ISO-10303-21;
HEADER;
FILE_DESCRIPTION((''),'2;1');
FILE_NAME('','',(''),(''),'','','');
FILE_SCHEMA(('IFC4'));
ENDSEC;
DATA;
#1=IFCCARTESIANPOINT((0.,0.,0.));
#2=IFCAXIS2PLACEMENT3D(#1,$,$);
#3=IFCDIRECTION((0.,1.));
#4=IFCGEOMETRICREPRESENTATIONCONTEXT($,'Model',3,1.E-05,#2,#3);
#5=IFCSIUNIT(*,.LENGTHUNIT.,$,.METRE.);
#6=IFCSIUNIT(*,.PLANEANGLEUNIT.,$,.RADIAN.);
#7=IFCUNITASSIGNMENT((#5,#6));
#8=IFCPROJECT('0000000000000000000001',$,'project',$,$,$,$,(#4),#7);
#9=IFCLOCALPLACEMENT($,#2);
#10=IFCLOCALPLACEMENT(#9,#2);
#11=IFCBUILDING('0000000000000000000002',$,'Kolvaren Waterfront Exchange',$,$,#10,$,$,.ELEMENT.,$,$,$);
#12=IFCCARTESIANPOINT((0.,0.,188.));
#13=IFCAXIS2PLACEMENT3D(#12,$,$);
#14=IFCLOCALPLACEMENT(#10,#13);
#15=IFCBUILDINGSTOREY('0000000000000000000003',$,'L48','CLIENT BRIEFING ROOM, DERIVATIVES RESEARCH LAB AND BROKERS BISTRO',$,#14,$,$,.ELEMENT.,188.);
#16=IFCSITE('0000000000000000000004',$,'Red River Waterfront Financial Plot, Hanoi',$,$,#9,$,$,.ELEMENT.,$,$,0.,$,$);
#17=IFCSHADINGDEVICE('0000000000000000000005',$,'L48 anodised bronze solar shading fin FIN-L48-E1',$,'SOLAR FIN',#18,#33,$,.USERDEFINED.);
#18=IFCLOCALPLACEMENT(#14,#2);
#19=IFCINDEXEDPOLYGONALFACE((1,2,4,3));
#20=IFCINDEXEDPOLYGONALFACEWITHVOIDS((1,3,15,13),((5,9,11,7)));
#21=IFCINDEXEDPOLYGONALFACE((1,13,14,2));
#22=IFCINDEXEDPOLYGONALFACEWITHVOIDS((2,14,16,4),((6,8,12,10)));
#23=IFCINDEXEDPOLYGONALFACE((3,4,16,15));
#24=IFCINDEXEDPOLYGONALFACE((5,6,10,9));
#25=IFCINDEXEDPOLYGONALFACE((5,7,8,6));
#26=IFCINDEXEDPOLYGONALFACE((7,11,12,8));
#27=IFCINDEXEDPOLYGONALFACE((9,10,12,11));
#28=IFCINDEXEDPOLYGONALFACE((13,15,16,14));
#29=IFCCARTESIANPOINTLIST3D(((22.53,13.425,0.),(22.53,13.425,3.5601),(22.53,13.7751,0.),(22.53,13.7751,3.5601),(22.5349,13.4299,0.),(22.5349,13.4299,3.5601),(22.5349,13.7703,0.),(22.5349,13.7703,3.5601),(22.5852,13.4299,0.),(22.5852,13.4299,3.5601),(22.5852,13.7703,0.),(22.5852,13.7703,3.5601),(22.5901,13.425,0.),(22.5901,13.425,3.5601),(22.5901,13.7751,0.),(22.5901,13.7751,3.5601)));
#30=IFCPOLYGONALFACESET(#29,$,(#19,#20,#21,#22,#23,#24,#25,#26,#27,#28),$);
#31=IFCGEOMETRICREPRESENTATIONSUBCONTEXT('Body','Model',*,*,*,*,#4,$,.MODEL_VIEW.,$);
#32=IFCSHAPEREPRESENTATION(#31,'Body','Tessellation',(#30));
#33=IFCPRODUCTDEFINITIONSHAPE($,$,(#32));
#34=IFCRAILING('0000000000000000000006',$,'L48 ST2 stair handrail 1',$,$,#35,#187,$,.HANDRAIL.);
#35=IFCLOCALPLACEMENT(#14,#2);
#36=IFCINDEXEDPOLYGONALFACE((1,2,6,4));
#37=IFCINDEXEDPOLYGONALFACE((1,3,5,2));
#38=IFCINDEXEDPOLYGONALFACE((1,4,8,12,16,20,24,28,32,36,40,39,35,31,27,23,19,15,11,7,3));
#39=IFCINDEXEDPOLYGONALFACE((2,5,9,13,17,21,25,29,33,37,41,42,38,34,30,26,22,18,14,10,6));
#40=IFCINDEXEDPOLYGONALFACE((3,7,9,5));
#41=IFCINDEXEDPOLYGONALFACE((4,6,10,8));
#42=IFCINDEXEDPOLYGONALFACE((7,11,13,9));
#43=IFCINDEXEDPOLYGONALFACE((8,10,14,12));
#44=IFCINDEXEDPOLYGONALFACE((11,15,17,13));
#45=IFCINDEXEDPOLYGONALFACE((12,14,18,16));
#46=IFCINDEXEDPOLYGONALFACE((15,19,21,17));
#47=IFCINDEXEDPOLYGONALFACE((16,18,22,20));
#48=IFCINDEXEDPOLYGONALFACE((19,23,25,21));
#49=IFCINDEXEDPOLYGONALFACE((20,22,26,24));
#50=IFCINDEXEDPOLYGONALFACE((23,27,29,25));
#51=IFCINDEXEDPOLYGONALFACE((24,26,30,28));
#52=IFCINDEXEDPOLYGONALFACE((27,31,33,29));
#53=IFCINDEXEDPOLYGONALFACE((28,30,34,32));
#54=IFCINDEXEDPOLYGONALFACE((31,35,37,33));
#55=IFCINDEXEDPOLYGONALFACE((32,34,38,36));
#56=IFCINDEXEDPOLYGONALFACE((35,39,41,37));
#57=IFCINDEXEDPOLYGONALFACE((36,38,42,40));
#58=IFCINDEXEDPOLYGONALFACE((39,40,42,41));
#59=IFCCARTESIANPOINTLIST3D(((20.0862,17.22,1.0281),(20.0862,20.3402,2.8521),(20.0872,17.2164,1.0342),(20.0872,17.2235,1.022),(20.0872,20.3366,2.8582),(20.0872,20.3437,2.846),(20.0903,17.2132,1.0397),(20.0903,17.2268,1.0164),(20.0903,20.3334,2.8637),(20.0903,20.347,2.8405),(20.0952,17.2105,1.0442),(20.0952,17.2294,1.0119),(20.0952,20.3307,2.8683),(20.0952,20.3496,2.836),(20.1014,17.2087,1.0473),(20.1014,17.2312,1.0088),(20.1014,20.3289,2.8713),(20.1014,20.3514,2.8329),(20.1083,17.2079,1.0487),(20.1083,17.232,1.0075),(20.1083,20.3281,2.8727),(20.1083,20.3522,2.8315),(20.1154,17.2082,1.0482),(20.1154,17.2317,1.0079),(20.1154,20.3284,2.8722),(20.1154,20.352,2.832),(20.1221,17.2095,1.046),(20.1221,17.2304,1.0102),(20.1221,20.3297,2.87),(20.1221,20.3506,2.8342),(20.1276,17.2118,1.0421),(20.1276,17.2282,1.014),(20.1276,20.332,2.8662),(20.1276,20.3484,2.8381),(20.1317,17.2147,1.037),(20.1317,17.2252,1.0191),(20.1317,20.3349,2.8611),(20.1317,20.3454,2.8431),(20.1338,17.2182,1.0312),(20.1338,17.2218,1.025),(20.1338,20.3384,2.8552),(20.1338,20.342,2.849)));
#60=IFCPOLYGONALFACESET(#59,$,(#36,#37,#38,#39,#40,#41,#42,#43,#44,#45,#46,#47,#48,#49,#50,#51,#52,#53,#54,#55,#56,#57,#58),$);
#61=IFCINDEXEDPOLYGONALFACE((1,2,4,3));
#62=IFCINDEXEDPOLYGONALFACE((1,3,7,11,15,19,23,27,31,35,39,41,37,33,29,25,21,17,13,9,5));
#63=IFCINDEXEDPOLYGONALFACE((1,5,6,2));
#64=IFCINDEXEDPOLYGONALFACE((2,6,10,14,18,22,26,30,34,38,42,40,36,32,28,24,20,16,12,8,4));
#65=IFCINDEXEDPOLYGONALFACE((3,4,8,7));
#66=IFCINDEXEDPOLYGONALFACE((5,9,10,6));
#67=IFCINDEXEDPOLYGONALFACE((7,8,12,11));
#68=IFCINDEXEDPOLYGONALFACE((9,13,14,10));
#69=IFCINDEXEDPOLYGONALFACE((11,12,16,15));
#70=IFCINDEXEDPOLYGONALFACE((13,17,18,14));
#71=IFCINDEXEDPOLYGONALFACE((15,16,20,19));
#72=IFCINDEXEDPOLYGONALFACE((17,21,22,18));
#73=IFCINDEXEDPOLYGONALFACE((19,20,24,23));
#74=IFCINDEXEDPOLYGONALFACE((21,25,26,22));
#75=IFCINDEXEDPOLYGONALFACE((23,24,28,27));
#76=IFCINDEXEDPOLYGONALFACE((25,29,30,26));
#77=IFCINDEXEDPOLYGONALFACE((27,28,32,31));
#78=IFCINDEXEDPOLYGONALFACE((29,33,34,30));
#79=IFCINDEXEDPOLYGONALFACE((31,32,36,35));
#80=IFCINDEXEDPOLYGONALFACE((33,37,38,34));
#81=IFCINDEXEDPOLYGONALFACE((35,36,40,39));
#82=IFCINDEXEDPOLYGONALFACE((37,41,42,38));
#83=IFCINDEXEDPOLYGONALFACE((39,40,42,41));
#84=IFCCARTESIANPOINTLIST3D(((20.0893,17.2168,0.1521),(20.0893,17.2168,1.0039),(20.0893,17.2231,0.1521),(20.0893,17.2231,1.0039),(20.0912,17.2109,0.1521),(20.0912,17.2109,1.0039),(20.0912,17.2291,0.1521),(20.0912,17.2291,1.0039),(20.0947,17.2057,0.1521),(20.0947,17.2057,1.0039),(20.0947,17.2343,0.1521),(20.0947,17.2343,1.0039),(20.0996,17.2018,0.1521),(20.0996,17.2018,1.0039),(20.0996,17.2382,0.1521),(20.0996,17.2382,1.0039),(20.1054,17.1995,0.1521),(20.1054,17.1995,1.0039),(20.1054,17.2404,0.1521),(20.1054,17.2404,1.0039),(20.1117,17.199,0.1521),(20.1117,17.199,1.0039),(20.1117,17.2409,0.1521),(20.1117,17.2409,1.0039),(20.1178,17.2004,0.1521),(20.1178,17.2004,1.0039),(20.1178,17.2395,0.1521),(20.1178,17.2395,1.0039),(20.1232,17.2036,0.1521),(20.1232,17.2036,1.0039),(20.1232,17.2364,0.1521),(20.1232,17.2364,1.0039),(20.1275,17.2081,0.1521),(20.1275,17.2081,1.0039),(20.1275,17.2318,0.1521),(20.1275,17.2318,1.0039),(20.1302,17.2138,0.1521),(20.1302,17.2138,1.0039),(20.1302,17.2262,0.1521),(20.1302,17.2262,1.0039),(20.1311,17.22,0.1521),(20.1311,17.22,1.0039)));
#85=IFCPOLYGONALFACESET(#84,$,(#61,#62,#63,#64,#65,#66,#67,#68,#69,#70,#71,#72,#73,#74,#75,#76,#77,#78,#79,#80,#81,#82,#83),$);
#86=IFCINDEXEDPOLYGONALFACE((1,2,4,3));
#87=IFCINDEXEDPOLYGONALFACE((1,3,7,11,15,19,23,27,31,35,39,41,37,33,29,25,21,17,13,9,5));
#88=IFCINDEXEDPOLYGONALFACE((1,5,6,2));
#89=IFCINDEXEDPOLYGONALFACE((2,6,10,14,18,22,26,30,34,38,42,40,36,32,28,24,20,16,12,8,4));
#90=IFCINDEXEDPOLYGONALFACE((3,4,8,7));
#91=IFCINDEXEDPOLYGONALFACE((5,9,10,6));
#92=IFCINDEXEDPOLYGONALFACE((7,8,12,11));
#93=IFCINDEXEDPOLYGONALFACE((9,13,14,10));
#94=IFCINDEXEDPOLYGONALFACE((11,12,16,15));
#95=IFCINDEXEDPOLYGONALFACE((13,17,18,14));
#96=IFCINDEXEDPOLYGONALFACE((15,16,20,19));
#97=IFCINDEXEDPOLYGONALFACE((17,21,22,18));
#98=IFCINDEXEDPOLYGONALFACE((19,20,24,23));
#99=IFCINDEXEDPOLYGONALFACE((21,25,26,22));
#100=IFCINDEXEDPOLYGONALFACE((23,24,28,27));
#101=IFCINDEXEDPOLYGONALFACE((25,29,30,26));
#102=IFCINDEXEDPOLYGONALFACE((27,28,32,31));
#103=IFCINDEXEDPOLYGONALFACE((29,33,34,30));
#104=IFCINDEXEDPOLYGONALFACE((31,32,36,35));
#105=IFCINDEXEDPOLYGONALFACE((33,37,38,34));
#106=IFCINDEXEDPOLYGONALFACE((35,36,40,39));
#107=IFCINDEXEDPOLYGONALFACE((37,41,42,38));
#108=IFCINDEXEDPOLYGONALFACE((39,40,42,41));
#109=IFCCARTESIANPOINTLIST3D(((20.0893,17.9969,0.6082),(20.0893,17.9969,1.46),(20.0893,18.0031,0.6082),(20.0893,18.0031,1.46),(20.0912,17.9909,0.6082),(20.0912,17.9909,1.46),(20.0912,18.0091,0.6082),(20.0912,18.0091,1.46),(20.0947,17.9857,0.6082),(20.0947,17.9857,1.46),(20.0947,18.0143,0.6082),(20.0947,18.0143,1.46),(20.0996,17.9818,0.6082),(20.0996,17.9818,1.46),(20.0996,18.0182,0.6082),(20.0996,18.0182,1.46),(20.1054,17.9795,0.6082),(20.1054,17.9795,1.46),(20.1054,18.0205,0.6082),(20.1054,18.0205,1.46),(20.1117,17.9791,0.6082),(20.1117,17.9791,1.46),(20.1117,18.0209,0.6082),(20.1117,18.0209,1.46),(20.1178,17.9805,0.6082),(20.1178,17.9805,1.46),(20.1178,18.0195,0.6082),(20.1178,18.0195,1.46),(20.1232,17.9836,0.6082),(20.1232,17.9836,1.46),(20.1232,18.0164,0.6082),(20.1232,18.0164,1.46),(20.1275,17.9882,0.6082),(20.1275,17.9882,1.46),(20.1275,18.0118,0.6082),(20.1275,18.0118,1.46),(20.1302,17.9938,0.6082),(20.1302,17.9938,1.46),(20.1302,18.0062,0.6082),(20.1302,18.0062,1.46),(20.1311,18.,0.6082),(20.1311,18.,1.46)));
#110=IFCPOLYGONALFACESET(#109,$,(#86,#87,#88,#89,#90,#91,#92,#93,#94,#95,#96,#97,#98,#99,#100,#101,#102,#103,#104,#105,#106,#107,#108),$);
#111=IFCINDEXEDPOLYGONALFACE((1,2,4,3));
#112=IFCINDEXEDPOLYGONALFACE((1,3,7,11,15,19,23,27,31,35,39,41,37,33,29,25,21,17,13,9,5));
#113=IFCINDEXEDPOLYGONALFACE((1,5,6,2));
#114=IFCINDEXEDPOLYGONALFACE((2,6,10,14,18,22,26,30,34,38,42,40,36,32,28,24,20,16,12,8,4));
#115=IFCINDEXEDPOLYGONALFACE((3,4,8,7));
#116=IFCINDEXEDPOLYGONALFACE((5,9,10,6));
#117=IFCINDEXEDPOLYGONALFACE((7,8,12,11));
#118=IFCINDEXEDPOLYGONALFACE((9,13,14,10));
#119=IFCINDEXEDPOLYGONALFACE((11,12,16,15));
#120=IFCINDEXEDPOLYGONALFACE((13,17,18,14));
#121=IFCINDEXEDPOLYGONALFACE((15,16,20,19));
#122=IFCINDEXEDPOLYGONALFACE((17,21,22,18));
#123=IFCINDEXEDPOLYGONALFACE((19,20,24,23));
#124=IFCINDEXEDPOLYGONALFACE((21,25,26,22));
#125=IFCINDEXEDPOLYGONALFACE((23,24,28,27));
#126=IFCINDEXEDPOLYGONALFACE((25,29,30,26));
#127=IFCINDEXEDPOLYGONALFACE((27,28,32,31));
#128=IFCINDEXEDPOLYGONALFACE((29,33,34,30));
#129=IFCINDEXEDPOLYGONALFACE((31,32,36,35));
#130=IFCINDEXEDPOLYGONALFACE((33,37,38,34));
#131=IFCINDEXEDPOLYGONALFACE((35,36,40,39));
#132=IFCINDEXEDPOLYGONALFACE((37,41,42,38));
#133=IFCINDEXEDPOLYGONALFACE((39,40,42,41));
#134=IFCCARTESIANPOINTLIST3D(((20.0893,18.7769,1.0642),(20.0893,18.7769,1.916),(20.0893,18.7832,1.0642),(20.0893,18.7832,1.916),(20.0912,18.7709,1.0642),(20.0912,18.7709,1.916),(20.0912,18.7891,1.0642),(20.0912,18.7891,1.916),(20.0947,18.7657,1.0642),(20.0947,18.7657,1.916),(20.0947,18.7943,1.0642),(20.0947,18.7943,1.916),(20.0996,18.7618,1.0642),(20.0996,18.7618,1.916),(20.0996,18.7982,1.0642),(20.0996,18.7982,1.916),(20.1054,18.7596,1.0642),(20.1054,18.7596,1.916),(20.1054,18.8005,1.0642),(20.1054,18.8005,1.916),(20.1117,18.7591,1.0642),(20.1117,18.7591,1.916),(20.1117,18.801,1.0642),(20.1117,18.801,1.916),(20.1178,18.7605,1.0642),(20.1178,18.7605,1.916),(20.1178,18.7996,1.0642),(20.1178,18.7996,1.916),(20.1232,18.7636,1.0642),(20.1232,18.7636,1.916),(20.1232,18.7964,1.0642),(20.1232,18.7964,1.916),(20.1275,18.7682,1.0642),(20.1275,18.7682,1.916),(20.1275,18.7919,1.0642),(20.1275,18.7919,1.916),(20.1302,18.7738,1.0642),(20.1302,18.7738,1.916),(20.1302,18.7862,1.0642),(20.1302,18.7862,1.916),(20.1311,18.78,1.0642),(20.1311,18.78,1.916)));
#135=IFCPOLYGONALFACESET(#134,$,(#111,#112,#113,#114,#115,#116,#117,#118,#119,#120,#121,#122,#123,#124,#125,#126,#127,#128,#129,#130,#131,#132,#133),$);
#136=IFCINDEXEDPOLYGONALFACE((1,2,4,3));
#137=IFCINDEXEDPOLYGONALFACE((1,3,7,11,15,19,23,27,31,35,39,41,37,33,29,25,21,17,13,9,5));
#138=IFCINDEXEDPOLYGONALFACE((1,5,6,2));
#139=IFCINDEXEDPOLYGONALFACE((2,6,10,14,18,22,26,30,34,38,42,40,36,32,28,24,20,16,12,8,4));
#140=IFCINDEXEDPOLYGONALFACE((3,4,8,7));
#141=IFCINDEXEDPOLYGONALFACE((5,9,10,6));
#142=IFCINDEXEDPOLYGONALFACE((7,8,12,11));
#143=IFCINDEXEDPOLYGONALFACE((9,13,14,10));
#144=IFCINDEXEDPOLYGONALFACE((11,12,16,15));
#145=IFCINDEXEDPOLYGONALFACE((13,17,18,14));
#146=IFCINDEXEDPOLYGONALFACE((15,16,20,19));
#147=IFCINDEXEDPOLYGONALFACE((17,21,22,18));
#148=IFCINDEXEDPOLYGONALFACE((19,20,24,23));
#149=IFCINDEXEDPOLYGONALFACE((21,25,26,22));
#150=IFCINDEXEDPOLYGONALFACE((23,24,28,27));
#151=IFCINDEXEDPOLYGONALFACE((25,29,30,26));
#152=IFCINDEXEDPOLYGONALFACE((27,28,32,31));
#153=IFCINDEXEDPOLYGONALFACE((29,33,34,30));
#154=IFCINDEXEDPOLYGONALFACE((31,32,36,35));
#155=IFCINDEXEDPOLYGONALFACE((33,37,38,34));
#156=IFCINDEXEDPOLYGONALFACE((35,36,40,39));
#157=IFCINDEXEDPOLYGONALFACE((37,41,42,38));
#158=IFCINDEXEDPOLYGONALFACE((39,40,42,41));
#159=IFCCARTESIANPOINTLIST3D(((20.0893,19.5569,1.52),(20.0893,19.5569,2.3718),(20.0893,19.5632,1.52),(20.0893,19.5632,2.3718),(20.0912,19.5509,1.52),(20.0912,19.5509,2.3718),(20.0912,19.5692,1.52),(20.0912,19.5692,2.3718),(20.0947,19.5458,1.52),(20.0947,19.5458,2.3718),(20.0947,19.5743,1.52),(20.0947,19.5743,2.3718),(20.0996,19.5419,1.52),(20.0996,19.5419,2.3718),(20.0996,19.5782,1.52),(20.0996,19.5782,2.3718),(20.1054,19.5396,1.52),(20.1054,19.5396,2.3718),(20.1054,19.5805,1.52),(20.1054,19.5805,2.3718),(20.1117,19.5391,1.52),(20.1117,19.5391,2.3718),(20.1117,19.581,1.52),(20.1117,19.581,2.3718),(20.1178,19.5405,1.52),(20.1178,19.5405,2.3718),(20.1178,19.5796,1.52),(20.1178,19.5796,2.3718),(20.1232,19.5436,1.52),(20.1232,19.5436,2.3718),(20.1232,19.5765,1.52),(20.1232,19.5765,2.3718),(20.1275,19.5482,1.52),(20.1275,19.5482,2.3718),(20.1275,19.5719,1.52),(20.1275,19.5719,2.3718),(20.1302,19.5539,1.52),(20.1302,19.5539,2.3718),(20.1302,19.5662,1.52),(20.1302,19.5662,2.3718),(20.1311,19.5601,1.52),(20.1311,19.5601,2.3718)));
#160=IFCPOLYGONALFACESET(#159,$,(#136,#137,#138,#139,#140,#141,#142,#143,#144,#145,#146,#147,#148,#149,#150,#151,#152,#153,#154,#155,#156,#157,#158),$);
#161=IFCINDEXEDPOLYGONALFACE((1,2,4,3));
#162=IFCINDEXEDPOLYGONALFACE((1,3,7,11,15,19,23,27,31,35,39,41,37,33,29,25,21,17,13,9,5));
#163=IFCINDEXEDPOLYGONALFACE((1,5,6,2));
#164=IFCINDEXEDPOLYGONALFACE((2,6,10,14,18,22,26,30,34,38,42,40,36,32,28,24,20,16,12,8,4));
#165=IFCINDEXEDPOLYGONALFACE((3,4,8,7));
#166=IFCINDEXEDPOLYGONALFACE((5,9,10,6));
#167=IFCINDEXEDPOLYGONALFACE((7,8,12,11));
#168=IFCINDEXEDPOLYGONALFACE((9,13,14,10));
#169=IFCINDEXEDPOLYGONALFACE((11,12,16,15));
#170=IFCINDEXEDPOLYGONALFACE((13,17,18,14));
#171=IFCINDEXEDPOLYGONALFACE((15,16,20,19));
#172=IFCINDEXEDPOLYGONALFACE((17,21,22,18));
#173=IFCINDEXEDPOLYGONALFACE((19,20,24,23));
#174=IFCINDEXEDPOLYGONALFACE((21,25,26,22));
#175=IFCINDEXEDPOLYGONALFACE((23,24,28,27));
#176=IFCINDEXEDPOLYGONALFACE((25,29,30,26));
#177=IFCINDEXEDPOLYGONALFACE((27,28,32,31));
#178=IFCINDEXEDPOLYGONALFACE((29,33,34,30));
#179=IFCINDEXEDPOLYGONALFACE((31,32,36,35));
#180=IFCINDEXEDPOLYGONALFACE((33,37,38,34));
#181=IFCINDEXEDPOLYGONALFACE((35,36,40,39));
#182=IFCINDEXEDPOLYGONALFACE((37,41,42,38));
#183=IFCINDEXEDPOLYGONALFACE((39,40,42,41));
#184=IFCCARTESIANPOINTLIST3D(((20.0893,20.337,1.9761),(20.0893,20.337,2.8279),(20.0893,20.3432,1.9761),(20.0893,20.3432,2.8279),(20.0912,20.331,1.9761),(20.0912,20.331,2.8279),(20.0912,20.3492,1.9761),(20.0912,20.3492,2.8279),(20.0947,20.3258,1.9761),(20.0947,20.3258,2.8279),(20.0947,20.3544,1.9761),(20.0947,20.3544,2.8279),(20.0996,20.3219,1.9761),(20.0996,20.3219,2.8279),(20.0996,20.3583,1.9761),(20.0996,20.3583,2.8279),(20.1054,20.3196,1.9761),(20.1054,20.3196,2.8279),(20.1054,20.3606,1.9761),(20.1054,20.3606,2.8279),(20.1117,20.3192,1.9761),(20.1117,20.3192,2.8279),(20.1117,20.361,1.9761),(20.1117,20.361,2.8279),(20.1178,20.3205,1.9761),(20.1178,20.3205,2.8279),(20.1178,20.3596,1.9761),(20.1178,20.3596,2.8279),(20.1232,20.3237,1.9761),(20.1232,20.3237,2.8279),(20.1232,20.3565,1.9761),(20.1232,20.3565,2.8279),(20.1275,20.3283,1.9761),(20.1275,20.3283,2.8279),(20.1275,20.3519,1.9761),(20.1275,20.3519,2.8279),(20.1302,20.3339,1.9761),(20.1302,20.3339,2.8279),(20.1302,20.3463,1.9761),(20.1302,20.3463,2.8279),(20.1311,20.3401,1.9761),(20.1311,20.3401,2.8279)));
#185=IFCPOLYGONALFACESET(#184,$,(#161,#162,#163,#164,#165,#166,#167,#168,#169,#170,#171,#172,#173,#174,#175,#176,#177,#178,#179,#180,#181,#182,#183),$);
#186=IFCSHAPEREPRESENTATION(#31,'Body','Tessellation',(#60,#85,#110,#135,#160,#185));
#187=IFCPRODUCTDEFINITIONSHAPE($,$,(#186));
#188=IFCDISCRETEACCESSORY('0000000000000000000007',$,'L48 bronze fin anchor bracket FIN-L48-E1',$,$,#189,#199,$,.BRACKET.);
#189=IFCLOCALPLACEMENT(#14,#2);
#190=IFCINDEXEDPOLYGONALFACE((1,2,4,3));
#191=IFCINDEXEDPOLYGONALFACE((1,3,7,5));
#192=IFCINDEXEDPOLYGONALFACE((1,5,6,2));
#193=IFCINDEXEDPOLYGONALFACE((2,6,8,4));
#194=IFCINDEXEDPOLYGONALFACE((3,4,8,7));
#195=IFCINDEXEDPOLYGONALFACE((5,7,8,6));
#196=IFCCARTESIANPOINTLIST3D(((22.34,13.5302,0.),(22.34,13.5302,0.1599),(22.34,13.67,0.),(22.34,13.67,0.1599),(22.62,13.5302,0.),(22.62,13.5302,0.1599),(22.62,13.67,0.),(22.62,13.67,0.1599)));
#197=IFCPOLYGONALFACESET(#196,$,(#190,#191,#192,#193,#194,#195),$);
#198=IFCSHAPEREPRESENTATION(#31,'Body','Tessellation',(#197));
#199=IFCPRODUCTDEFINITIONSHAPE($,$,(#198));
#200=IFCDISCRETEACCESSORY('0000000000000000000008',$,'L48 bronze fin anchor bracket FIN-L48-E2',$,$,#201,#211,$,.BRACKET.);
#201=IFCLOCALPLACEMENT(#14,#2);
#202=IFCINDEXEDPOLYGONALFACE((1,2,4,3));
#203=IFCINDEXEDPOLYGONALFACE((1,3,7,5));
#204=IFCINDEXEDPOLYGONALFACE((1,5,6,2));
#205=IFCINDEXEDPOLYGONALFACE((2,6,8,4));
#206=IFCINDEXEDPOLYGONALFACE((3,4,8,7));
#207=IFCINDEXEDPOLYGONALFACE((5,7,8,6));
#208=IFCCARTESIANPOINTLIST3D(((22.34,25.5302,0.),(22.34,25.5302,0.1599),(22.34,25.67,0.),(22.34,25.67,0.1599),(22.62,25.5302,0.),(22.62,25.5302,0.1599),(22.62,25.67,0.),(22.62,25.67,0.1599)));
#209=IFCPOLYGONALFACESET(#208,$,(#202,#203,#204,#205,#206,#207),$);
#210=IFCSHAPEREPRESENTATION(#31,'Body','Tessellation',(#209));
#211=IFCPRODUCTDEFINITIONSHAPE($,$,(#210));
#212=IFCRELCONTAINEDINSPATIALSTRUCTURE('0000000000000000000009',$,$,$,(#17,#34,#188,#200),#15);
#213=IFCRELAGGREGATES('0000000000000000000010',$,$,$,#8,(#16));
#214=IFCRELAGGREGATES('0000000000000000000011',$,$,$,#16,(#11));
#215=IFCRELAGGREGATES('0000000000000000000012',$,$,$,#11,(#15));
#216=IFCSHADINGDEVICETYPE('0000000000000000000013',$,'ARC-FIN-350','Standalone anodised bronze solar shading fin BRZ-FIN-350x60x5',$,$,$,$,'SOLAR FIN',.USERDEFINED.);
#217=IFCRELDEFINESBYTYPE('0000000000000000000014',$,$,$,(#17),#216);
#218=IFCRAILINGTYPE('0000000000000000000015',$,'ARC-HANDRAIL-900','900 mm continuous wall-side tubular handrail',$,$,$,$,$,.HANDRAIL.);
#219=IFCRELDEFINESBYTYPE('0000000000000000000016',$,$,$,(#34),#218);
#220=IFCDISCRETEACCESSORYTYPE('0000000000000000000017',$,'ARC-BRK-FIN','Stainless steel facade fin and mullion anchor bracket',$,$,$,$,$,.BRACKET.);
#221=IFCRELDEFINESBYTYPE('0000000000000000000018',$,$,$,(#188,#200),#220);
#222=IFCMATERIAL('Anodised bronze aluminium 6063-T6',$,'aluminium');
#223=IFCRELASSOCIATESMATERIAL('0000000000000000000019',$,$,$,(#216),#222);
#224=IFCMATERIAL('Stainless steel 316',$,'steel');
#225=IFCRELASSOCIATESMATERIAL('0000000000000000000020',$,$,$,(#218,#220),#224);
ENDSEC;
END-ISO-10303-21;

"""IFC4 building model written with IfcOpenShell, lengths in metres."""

from ifc_helpers import new_model, si_unit, direction, frame, origin, origin_with_axes, origin_2d, place, context, subcontext, project, spatial, rectangle, hollow_rectangle, circle, extrude, source, transform, mapped, material, material_profile, profile_set, type_object, element, save


model = new_model("IFC4")

# Units and contexts
model_context = context("Model", 3, precision=1e-05, world=origin(), true_north=direction((0.0, 1.0)))
body_context = subcontext(model_context, "Body", "Model", "MODEL_VIEW")
ifc_project = project(units=[si_unit("LENGTHUNIT", "METRE"), si_unit("PLANEANGLEUNIT", "RADIAN")], contexts=[model_context])

# Site, building, storey
site_placement = place(None, origin())
site = spatial("IfcSite", under=ifc_project, at=site_placement, Name="Red River Waterfront Financial Plot, Hanoi", CompositionType="ELEMENT", RefElevation=0.0)
building_placement = place(site_placement, origin())
building = spatial("IfcBuilding", under=site, at=building_placement, Name="Kolvaren Waterfront Exchange", CompositionType="ELEMENT")
storey_placement = place(building_placement, frame((0.0, 0.0, 188.0)))
storey = spatial("IfcBuildingStorey", under=building, at=storey_placement, Name="L48", Description="CLIENT BRIEFING ROOM, DERIVATIVES RESEARCH LAB AND BROKERS BISTRO", CompositionType="ELEMENT", Elevation=188.0)

# Shading device
ifc_material_1 = material(Name="Anodised bronze aluminium 6063-T6", Category="aluminium")
ifc_material_profile_1 = material_profile(ifc_material_1, hollow_rectangle(XDim=0.0601, YDim=0.3501, WallThickness=0.0049, at=origin_2d()), Name="BRZ-FIN-350x60x5")
ifc_profile_set_1 = profile_set([ifc_material_profile_1], Name="Anodised bronze aluminium 6063-T6")
shading_device_type = type_object("IfcShadingDeviceType", Name="ARC-FIN-350", Description="Standalone anodised bronze solar shading fin BRZ-FIN-350x60x5", ElementType="SOLAR FIN", PredefinedType="USERDEFINED", material=ifc_profile_set_1)
shading_device_placement = place(storey_placement, frame((22.5601, 13.6001, 0.0), z_axis=(0.0, 0.0, 1.0), x_axis=(1.0, 0.0, 0.0)))
element("IfcShadingDevice", 1, at=shading_device_placement, inside=storey, type_object=shading_device_type, Name="L48 anodised bronze solar shading fin FIN-L48-E1", ObjectType="SOLAR FIN", PredefinedType="USERDEFINED", context=body_context, shape_type="SweptSolid", body=[
    extrude(hollow_rectangle(XDim=0.0601, YDim=0.3501, WallThickness=0.0049, at=origin_2d()), origin(), (0.0, 0.0, 1.0), 3.5601),
])

# Railing
ifc_material_2 = material(Name="Stainless steel 316", Category="steel")
railing_type = type_object("IfcRailingType", Name="ARC-HANDRAIL-900", Description="900 mm continuous wall-side tubular handrail", PredefinedType="HANDRAIL", material=ifc_material_2)
railing_placement = place(storey_placement, frame((20.1101, 17.22, 0.1521)))
element("IfcRailing", 2, at=railing_placement, inside=storey, type_object=railing_type, Name="L48 ST2 stair handrail 1", PredefinedType="HANDRAIL", context=body_context, shape_type="SweptSolid", body=[
    extrude(circle(Radius=0.0239, at=origin_2d()), frame((0.0, 0.0, 0.876), z_axis=(0.0, 0.863308, 0.504677), x_axis=(-1.0, 0.0, 0.0)), (0.0, 0.0, 1.0), 3.6143),
    extrude(circle(Radius=0.021, at=origin_2d()), origin(), (0.0, 0.0, 1.0), 0.8518),
    extrude(circle(Radius=0.021, at=origin_2d()), frame((0.0, 0.78, 0.4561)), (0.0, 0.0, 1.0), 0.8518),
    extrude(circle(Radius=0.021, at=origin_2d()), frame((0.0, 1.5601, 0.9121)), (0.0, 0.0, 1.0), 0.8518),
    extrude(circle(Radius=0.021, at=origin_2d()), frame((0.0, 2.3401, 1.3679)), (0.0, 0.0, 1.0), 0.8518),
    extrude(circle(Radius=0.021, at=origin_2d()), frame((0.0, 3.1201, 1.824)), (0.0, 0.0, 1.0), 0.8518),
])

# Discrete accessories
discrete_accessory_type = type_object("IfcDiscreteAccessoryType", Name="ARC-BRK-FIN", Description="Stainless steel facade fin and mullion anchor bracket", PredefinedType="BRACKET", material=ifc_material_2)
shared_shape = source(origin_with_axes(), body_context, "Body", "SweptSolid", [
    extrude(rectangle(XDim=0.28, YDim=0.1399, at=origin_2d()), origin(), (0.0, 0.0, 1.0), 0.1599),
])
for number, where, z_axis, x_axis, name in (
    (3, (22.48, 13.6001, 0.0), (0.0, 0.0, 1.0), (1.0, 0.0, 0.0), "L48 bronze fin anchor bracket FIN-L48-E1"),
    (4, (22.48, 25.6001, 0.0), (0.0, 0.0, 1.0), (1.0, 0.0, 0.0), "L48 bronze fin anchor bracket FIN-L48-E2"),
):
    element("IfcDiscreteAccessory", number, at=place(storey_placement, frame(where, z_axis=z_axis, x_axis=x_axis)), inside=storey, type_object=discrete_accessory_type, Name=name, PredefinedType="BRACKET", context=body_context, shape_type="MappedRepresentation", body=[
        mapped(shared_shape, transform((0.0, 0.0, 0.0), x_axis=(1.0, 0.0, 0.0), y_axis=(0.0, 1.0, 0.0), z_axis=(0.0, 0.0, 1.0), scale=1.0)),
    ])

save(model, "model.ifc")
